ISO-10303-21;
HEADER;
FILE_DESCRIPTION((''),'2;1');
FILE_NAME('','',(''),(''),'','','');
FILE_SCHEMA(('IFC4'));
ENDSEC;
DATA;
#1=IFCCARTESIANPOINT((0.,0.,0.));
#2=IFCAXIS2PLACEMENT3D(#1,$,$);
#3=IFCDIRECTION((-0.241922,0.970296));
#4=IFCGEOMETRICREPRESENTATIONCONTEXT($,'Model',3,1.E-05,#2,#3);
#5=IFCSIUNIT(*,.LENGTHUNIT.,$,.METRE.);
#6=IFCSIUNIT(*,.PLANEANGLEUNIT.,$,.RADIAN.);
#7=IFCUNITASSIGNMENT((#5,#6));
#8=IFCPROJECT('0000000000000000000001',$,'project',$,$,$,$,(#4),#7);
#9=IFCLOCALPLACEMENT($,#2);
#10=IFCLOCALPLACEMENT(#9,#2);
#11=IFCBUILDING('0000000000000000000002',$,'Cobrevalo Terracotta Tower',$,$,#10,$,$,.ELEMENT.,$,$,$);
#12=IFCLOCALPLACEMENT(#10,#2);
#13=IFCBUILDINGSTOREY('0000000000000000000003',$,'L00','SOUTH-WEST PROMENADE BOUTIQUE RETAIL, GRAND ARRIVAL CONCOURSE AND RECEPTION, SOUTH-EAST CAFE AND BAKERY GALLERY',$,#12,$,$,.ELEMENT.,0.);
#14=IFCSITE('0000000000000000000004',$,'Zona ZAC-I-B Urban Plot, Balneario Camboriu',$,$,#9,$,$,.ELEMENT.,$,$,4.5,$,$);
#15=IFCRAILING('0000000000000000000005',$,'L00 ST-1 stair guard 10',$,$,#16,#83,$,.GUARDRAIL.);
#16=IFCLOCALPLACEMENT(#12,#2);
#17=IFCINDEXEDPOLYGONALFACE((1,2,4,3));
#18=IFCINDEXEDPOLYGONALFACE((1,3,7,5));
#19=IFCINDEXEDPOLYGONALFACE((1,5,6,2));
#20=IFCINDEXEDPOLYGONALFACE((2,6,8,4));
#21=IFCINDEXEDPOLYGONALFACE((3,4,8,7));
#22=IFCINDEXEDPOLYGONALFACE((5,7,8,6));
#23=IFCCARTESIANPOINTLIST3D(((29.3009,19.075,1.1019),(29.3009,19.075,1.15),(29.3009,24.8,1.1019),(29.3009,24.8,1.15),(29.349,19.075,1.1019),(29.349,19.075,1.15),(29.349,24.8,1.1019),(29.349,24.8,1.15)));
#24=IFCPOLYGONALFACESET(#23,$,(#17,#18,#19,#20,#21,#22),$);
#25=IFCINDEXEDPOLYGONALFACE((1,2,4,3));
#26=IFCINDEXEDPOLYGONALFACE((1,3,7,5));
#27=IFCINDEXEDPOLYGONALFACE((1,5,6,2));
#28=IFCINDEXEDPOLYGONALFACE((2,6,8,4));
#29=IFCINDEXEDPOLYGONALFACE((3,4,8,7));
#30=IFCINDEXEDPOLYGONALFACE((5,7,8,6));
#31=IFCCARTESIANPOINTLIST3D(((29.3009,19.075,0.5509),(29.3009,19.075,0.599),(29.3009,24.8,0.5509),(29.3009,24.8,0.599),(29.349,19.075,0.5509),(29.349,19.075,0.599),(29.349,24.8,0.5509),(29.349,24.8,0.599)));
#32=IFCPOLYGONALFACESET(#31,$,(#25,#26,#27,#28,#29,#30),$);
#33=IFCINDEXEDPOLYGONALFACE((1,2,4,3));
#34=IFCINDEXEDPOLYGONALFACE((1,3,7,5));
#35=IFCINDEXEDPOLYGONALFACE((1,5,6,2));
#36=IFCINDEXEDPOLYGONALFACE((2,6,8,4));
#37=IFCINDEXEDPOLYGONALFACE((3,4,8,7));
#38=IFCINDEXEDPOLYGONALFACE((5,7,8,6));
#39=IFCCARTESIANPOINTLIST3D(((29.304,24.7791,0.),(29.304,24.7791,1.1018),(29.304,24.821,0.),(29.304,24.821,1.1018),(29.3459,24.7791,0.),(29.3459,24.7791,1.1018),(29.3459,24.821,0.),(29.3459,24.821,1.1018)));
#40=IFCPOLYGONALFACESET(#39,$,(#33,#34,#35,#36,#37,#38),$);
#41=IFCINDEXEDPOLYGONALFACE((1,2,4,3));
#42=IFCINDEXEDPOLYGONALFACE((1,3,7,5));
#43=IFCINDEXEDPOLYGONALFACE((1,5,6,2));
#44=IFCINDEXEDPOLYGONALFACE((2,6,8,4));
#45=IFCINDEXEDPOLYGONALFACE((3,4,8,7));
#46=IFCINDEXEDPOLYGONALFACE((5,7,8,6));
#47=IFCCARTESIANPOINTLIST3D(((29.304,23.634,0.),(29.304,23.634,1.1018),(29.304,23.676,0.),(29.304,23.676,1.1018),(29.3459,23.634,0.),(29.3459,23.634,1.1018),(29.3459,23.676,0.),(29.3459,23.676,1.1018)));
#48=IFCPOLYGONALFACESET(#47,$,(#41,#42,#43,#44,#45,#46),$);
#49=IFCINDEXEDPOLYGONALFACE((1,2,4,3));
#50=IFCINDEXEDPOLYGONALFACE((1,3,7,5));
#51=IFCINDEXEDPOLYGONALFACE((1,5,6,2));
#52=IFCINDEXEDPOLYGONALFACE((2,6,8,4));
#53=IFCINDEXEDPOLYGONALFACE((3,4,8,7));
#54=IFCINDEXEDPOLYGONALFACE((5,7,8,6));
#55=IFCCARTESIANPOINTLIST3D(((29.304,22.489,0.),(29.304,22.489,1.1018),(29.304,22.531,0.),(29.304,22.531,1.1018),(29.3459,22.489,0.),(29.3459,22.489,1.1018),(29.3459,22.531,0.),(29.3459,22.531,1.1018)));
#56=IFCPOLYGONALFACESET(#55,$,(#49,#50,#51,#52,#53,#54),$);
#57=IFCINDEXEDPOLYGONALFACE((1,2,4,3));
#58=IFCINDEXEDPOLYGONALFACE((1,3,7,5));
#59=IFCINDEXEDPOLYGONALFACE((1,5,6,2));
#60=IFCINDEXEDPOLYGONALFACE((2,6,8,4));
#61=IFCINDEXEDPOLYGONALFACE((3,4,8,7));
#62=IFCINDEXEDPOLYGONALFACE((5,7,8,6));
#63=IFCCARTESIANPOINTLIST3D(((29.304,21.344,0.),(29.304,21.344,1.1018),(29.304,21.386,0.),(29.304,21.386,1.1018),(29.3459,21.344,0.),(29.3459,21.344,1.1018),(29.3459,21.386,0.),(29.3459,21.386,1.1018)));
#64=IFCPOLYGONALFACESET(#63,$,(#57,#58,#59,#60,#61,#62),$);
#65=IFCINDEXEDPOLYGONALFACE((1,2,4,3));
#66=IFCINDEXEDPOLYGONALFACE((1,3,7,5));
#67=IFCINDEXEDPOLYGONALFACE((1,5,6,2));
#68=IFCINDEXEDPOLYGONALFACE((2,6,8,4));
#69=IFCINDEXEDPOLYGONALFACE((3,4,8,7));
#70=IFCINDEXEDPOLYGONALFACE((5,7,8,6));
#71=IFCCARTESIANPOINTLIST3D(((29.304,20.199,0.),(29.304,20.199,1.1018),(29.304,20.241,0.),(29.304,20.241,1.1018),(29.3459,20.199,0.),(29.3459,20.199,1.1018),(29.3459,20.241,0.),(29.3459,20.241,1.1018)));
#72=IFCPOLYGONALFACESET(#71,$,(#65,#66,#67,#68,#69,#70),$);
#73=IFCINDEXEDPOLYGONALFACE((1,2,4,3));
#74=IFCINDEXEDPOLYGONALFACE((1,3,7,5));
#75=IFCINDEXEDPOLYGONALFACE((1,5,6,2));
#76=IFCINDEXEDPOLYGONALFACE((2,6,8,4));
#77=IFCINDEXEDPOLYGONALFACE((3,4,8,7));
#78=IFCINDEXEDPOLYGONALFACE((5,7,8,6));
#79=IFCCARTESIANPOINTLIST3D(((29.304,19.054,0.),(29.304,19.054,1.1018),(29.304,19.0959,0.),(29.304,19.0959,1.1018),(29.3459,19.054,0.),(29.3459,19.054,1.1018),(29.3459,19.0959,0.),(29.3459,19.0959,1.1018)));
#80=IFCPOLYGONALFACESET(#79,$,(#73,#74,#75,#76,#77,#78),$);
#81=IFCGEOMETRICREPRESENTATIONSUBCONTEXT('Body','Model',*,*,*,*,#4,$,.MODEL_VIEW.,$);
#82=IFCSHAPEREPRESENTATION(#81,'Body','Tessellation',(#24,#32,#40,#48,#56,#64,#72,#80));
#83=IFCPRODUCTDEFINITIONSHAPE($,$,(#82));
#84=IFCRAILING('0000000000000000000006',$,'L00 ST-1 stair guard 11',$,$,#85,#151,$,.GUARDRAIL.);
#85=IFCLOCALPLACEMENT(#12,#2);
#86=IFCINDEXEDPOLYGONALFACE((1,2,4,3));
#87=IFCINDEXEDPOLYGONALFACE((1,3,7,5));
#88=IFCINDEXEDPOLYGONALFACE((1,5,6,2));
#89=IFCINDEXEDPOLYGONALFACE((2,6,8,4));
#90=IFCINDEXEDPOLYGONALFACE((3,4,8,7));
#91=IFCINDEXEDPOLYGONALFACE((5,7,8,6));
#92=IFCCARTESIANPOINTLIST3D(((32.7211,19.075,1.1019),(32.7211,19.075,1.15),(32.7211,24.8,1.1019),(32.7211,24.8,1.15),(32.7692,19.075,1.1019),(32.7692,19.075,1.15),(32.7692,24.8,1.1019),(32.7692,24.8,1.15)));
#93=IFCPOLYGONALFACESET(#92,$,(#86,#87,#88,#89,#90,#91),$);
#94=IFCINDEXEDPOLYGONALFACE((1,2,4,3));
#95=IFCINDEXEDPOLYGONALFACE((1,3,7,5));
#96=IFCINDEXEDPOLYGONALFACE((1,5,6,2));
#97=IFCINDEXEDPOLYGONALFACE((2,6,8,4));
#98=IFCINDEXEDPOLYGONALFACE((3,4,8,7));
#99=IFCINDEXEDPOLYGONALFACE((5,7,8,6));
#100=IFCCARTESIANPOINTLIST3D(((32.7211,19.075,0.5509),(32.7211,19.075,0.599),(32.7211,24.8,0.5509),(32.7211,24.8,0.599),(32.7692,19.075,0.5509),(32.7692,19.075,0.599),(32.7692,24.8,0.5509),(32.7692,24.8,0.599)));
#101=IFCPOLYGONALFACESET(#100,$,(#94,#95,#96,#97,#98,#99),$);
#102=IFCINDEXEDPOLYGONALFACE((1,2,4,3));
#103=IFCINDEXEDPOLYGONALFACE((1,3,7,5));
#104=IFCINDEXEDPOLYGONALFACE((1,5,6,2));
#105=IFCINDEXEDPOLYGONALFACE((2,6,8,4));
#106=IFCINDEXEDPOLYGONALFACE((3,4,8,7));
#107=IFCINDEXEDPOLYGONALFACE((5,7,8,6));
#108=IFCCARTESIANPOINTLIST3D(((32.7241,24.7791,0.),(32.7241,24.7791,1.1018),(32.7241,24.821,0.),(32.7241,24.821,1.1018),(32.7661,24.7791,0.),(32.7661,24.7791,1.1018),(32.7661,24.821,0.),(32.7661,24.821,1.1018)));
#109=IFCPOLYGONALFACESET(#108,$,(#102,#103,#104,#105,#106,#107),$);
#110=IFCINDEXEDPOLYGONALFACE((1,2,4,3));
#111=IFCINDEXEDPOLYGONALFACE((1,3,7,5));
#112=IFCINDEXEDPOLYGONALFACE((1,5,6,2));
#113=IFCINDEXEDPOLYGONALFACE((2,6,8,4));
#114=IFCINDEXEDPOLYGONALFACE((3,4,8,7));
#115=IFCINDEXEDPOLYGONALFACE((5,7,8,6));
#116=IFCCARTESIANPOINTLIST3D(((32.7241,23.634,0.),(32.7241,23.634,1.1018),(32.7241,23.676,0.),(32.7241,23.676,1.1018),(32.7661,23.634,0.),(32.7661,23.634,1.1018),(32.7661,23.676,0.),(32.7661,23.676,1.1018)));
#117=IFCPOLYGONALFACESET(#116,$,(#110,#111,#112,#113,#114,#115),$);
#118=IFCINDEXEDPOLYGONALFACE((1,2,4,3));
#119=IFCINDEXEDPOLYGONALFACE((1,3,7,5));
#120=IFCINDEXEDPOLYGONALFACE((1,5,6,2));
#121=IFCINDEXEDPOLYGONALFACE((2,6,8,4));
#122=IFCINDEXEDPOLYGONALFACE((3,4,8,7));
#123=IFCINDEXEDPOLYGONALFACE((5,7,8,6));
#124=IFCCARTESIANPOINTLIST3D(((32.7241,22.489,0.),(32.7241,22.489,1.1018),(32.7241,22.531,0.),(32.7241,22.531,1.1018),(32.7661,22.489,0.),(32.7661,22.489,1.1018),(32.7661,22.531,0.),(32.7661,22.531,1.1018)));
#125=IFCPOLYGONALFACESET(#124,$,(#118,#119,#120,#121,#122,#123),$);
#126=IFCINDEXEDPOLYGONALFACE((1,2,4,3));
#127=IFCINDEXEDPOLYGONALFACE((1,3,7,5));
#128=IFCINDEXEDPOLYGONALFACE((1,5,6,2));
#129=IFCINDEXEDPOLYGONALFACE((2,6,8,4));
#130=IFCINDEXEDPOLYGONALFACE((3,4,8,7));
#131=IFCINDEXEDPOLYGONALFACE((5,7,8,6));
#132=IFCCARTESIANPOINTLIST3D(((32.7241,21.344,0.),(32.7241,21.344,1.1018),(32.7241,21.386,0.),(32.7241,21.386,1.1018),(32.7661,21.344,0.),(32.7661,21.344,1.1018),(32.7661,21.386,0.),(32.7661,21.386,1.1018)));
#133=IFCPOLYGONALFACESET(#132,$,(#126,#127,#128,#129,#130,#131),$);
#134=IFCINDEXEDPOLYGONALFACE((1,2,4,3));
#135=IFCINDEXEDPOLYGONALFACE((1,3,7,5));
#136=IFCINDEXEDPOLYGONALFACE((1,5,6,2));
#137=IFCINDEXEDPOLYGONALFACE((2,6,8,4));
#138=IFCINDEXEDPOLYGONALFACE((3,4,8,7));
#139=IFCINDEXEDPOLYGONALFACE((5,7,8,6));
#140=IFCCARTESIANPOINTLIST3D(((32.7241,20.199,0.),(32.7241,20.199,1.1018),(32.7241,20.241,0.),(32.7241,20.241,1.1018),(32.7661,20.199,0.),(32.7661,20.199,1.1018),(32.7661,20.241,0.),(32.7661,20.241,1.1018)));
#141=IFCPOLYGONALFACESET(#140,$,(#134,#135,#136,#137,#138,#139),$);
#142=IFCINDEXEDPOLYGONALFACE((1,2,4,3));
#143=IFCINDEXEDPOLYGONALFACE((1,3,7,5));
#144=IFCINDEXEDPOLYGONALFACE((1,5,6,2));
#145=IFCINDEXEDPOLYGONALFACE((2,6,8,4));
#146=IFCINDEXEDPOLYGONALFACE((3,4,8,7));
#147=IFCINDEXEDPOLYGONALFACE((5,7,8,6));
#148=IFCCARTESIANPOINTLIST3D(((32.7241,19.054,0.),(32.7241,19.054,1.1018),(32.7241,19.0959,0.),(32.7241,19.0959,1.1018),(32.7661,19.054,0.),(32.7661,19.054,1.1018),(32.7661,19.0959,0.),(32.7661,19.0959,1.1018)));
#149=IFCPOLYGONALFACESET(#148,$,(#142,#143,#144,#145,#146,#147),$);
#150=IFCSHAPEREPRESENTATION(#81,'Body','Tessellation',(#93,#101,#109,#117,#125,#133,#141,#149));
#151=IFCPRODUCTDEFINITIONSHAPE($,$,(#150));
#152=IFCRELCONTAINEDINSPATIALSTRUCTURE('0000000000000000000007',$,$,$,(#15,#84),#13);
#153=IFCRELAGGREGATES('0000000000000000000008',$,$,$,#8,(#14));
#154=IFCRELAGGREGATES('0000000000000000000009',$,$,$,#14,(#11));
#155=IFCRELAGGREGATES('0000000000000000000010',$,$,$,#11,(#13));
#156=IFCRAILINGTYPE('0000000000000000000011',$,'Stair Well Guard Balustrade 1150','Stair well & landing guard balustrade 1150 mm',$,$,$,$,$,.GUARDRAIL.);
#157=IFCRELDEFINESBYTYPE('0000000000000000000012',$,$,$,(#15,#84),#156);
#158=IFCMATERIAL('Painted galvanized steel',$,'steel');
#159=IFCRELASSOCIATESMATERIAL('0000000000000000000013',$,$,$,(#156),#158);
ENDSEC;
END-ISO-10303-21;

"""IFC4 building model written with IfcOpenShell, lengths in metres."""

from ifc_helpers import new_model, si_unit, direction, frame, origin, origin_2d, place, context, subcontext, project, spatial, rectangle, extrude, material, type_object, element, save


model = new_model("IFC4")

# Units and contexts
model_context = context("Model", 3, precision=1e-05, world=origin(), true_north=direction((-0.241922, 0.970296)))
body_context = subcontext(model_context, "Body", "Model", "MODEL_VIEW")
ifc_project = project(units=[si_unit("LENGTHUNIT", "METRE"), si_unit("PLANEANGLEUNIT", "RADIAN")], contexts=[model_context])

# Site, building, storey
site_placement = place(None, origin())
site = spatial("IfcSite", under=ifc_project, at=site_placement, Name="Zona ZAC-I-B Urban Plot, Balneario Camboriu", CompositionType="ELEMENT", RefElevation=4.5)
building_placement = place(site_placement, origin())
building = spatial("IfcBuilding", under=site, at=building_placement, Name="Cobrevalo Terracotta Tower", CompositionType="ELEMENT")
storey_placement = place(building_placement, origin())
storey = spatial("IfcBuildingStorey", under=building, at=storey_placement, Name="L00", Description="SOUTH-WEST PROMENADE BOUTIQUE RETAIL, GRAND ARRIVAL CONCOURSE AND RECEPTION, SOUTH-EAST CAFE AND BAKERY GALLERY", CompositionType="ELEMENT", Elevation=0.0)

# Railings
ifc_material_1 = material(Name="Painted galvanized steel", Category="steel")
railing_type = type_object("IfcRailingType", Name="Stair Well Guard Balustrade 1150", Description="Stair well & landing guard balustrade 1150 mm", PredefinedType="GUARDRAIL", material=ifc_material_1)
for number, where, name in (
    (1, (29.325, 24.8, 0.0), "L00 ST-1 stair guard 10"),
    (2, (32.7451, 24.8, 0.0), "L00 ST-1 stair guard 11"),
):
    element("IfcRailing", number, at=place(storey_placement, frame(where)), inside=storey, type_object=railing_type, Name=name, PredefinedType="GUARDRAIL", context=body_context, shape_type="SweptSolid", body=[
        extrude(rectangle(XDim=0.0481, YDim=0.0481, at=origin_2d()), frame((0.0, 0.0, 1.126), z_axis=(0.0, -1.0, 0.0), x_axis=(1.0, 0.0, 0.0)), (0.0, 0.0, 1.0), 5.7251),
        extrude(rectangle(XDim=0.0481, YDim=0.0481, at=origin_2d()), frame((0.0, 0.0, 0.575), z_axis=(0.0, -1.0, 0.0), x_axis=(1.0, 0.0, 0.0)), (0.0, 0.0, 1.0), 5.7251),
        extrude(rectangle(XDim=0.042, YDim=0.042, at=origin_2d()), origin(), (0.0, 0.0, 1.0), 1.1018),
        extrude(rectangle(XDim=0.042, YDim=0.042, at=origin_2d()), frame((0.0, -1.145, 0.0)), (0.0, 0.0, 1.0), 1.1018),
        extrude(rectangle(XDim=0.042, YDim=0.042, at=origin_2d()), frame((0.0, -2.29, 0.0)), (0.0, 0.0, 1.0), 1.1018),
        extrude(rectangle(XDim=0.042, YDim=0.042, at=origin_2d()), frame((0.0, -3.4351, 0.0)), (0.0, 0.0, 1.0), 1.1018),
        extrude(rectangle(XDim=0.042, YDim=0.042, at=origin_2d()), frame((0.0, -4.5801, 0.0)), (0.0, 0.0, 1.0), 1.1018),
        extrude(rectangle(XDim=0.042, YDim=0.042, at=origin_2d()), frame((0.0, -5.7251, 0.0)), (0.0, 0.0, 1.0), 1.1018),
    ])

save(model, "model.ifc")
